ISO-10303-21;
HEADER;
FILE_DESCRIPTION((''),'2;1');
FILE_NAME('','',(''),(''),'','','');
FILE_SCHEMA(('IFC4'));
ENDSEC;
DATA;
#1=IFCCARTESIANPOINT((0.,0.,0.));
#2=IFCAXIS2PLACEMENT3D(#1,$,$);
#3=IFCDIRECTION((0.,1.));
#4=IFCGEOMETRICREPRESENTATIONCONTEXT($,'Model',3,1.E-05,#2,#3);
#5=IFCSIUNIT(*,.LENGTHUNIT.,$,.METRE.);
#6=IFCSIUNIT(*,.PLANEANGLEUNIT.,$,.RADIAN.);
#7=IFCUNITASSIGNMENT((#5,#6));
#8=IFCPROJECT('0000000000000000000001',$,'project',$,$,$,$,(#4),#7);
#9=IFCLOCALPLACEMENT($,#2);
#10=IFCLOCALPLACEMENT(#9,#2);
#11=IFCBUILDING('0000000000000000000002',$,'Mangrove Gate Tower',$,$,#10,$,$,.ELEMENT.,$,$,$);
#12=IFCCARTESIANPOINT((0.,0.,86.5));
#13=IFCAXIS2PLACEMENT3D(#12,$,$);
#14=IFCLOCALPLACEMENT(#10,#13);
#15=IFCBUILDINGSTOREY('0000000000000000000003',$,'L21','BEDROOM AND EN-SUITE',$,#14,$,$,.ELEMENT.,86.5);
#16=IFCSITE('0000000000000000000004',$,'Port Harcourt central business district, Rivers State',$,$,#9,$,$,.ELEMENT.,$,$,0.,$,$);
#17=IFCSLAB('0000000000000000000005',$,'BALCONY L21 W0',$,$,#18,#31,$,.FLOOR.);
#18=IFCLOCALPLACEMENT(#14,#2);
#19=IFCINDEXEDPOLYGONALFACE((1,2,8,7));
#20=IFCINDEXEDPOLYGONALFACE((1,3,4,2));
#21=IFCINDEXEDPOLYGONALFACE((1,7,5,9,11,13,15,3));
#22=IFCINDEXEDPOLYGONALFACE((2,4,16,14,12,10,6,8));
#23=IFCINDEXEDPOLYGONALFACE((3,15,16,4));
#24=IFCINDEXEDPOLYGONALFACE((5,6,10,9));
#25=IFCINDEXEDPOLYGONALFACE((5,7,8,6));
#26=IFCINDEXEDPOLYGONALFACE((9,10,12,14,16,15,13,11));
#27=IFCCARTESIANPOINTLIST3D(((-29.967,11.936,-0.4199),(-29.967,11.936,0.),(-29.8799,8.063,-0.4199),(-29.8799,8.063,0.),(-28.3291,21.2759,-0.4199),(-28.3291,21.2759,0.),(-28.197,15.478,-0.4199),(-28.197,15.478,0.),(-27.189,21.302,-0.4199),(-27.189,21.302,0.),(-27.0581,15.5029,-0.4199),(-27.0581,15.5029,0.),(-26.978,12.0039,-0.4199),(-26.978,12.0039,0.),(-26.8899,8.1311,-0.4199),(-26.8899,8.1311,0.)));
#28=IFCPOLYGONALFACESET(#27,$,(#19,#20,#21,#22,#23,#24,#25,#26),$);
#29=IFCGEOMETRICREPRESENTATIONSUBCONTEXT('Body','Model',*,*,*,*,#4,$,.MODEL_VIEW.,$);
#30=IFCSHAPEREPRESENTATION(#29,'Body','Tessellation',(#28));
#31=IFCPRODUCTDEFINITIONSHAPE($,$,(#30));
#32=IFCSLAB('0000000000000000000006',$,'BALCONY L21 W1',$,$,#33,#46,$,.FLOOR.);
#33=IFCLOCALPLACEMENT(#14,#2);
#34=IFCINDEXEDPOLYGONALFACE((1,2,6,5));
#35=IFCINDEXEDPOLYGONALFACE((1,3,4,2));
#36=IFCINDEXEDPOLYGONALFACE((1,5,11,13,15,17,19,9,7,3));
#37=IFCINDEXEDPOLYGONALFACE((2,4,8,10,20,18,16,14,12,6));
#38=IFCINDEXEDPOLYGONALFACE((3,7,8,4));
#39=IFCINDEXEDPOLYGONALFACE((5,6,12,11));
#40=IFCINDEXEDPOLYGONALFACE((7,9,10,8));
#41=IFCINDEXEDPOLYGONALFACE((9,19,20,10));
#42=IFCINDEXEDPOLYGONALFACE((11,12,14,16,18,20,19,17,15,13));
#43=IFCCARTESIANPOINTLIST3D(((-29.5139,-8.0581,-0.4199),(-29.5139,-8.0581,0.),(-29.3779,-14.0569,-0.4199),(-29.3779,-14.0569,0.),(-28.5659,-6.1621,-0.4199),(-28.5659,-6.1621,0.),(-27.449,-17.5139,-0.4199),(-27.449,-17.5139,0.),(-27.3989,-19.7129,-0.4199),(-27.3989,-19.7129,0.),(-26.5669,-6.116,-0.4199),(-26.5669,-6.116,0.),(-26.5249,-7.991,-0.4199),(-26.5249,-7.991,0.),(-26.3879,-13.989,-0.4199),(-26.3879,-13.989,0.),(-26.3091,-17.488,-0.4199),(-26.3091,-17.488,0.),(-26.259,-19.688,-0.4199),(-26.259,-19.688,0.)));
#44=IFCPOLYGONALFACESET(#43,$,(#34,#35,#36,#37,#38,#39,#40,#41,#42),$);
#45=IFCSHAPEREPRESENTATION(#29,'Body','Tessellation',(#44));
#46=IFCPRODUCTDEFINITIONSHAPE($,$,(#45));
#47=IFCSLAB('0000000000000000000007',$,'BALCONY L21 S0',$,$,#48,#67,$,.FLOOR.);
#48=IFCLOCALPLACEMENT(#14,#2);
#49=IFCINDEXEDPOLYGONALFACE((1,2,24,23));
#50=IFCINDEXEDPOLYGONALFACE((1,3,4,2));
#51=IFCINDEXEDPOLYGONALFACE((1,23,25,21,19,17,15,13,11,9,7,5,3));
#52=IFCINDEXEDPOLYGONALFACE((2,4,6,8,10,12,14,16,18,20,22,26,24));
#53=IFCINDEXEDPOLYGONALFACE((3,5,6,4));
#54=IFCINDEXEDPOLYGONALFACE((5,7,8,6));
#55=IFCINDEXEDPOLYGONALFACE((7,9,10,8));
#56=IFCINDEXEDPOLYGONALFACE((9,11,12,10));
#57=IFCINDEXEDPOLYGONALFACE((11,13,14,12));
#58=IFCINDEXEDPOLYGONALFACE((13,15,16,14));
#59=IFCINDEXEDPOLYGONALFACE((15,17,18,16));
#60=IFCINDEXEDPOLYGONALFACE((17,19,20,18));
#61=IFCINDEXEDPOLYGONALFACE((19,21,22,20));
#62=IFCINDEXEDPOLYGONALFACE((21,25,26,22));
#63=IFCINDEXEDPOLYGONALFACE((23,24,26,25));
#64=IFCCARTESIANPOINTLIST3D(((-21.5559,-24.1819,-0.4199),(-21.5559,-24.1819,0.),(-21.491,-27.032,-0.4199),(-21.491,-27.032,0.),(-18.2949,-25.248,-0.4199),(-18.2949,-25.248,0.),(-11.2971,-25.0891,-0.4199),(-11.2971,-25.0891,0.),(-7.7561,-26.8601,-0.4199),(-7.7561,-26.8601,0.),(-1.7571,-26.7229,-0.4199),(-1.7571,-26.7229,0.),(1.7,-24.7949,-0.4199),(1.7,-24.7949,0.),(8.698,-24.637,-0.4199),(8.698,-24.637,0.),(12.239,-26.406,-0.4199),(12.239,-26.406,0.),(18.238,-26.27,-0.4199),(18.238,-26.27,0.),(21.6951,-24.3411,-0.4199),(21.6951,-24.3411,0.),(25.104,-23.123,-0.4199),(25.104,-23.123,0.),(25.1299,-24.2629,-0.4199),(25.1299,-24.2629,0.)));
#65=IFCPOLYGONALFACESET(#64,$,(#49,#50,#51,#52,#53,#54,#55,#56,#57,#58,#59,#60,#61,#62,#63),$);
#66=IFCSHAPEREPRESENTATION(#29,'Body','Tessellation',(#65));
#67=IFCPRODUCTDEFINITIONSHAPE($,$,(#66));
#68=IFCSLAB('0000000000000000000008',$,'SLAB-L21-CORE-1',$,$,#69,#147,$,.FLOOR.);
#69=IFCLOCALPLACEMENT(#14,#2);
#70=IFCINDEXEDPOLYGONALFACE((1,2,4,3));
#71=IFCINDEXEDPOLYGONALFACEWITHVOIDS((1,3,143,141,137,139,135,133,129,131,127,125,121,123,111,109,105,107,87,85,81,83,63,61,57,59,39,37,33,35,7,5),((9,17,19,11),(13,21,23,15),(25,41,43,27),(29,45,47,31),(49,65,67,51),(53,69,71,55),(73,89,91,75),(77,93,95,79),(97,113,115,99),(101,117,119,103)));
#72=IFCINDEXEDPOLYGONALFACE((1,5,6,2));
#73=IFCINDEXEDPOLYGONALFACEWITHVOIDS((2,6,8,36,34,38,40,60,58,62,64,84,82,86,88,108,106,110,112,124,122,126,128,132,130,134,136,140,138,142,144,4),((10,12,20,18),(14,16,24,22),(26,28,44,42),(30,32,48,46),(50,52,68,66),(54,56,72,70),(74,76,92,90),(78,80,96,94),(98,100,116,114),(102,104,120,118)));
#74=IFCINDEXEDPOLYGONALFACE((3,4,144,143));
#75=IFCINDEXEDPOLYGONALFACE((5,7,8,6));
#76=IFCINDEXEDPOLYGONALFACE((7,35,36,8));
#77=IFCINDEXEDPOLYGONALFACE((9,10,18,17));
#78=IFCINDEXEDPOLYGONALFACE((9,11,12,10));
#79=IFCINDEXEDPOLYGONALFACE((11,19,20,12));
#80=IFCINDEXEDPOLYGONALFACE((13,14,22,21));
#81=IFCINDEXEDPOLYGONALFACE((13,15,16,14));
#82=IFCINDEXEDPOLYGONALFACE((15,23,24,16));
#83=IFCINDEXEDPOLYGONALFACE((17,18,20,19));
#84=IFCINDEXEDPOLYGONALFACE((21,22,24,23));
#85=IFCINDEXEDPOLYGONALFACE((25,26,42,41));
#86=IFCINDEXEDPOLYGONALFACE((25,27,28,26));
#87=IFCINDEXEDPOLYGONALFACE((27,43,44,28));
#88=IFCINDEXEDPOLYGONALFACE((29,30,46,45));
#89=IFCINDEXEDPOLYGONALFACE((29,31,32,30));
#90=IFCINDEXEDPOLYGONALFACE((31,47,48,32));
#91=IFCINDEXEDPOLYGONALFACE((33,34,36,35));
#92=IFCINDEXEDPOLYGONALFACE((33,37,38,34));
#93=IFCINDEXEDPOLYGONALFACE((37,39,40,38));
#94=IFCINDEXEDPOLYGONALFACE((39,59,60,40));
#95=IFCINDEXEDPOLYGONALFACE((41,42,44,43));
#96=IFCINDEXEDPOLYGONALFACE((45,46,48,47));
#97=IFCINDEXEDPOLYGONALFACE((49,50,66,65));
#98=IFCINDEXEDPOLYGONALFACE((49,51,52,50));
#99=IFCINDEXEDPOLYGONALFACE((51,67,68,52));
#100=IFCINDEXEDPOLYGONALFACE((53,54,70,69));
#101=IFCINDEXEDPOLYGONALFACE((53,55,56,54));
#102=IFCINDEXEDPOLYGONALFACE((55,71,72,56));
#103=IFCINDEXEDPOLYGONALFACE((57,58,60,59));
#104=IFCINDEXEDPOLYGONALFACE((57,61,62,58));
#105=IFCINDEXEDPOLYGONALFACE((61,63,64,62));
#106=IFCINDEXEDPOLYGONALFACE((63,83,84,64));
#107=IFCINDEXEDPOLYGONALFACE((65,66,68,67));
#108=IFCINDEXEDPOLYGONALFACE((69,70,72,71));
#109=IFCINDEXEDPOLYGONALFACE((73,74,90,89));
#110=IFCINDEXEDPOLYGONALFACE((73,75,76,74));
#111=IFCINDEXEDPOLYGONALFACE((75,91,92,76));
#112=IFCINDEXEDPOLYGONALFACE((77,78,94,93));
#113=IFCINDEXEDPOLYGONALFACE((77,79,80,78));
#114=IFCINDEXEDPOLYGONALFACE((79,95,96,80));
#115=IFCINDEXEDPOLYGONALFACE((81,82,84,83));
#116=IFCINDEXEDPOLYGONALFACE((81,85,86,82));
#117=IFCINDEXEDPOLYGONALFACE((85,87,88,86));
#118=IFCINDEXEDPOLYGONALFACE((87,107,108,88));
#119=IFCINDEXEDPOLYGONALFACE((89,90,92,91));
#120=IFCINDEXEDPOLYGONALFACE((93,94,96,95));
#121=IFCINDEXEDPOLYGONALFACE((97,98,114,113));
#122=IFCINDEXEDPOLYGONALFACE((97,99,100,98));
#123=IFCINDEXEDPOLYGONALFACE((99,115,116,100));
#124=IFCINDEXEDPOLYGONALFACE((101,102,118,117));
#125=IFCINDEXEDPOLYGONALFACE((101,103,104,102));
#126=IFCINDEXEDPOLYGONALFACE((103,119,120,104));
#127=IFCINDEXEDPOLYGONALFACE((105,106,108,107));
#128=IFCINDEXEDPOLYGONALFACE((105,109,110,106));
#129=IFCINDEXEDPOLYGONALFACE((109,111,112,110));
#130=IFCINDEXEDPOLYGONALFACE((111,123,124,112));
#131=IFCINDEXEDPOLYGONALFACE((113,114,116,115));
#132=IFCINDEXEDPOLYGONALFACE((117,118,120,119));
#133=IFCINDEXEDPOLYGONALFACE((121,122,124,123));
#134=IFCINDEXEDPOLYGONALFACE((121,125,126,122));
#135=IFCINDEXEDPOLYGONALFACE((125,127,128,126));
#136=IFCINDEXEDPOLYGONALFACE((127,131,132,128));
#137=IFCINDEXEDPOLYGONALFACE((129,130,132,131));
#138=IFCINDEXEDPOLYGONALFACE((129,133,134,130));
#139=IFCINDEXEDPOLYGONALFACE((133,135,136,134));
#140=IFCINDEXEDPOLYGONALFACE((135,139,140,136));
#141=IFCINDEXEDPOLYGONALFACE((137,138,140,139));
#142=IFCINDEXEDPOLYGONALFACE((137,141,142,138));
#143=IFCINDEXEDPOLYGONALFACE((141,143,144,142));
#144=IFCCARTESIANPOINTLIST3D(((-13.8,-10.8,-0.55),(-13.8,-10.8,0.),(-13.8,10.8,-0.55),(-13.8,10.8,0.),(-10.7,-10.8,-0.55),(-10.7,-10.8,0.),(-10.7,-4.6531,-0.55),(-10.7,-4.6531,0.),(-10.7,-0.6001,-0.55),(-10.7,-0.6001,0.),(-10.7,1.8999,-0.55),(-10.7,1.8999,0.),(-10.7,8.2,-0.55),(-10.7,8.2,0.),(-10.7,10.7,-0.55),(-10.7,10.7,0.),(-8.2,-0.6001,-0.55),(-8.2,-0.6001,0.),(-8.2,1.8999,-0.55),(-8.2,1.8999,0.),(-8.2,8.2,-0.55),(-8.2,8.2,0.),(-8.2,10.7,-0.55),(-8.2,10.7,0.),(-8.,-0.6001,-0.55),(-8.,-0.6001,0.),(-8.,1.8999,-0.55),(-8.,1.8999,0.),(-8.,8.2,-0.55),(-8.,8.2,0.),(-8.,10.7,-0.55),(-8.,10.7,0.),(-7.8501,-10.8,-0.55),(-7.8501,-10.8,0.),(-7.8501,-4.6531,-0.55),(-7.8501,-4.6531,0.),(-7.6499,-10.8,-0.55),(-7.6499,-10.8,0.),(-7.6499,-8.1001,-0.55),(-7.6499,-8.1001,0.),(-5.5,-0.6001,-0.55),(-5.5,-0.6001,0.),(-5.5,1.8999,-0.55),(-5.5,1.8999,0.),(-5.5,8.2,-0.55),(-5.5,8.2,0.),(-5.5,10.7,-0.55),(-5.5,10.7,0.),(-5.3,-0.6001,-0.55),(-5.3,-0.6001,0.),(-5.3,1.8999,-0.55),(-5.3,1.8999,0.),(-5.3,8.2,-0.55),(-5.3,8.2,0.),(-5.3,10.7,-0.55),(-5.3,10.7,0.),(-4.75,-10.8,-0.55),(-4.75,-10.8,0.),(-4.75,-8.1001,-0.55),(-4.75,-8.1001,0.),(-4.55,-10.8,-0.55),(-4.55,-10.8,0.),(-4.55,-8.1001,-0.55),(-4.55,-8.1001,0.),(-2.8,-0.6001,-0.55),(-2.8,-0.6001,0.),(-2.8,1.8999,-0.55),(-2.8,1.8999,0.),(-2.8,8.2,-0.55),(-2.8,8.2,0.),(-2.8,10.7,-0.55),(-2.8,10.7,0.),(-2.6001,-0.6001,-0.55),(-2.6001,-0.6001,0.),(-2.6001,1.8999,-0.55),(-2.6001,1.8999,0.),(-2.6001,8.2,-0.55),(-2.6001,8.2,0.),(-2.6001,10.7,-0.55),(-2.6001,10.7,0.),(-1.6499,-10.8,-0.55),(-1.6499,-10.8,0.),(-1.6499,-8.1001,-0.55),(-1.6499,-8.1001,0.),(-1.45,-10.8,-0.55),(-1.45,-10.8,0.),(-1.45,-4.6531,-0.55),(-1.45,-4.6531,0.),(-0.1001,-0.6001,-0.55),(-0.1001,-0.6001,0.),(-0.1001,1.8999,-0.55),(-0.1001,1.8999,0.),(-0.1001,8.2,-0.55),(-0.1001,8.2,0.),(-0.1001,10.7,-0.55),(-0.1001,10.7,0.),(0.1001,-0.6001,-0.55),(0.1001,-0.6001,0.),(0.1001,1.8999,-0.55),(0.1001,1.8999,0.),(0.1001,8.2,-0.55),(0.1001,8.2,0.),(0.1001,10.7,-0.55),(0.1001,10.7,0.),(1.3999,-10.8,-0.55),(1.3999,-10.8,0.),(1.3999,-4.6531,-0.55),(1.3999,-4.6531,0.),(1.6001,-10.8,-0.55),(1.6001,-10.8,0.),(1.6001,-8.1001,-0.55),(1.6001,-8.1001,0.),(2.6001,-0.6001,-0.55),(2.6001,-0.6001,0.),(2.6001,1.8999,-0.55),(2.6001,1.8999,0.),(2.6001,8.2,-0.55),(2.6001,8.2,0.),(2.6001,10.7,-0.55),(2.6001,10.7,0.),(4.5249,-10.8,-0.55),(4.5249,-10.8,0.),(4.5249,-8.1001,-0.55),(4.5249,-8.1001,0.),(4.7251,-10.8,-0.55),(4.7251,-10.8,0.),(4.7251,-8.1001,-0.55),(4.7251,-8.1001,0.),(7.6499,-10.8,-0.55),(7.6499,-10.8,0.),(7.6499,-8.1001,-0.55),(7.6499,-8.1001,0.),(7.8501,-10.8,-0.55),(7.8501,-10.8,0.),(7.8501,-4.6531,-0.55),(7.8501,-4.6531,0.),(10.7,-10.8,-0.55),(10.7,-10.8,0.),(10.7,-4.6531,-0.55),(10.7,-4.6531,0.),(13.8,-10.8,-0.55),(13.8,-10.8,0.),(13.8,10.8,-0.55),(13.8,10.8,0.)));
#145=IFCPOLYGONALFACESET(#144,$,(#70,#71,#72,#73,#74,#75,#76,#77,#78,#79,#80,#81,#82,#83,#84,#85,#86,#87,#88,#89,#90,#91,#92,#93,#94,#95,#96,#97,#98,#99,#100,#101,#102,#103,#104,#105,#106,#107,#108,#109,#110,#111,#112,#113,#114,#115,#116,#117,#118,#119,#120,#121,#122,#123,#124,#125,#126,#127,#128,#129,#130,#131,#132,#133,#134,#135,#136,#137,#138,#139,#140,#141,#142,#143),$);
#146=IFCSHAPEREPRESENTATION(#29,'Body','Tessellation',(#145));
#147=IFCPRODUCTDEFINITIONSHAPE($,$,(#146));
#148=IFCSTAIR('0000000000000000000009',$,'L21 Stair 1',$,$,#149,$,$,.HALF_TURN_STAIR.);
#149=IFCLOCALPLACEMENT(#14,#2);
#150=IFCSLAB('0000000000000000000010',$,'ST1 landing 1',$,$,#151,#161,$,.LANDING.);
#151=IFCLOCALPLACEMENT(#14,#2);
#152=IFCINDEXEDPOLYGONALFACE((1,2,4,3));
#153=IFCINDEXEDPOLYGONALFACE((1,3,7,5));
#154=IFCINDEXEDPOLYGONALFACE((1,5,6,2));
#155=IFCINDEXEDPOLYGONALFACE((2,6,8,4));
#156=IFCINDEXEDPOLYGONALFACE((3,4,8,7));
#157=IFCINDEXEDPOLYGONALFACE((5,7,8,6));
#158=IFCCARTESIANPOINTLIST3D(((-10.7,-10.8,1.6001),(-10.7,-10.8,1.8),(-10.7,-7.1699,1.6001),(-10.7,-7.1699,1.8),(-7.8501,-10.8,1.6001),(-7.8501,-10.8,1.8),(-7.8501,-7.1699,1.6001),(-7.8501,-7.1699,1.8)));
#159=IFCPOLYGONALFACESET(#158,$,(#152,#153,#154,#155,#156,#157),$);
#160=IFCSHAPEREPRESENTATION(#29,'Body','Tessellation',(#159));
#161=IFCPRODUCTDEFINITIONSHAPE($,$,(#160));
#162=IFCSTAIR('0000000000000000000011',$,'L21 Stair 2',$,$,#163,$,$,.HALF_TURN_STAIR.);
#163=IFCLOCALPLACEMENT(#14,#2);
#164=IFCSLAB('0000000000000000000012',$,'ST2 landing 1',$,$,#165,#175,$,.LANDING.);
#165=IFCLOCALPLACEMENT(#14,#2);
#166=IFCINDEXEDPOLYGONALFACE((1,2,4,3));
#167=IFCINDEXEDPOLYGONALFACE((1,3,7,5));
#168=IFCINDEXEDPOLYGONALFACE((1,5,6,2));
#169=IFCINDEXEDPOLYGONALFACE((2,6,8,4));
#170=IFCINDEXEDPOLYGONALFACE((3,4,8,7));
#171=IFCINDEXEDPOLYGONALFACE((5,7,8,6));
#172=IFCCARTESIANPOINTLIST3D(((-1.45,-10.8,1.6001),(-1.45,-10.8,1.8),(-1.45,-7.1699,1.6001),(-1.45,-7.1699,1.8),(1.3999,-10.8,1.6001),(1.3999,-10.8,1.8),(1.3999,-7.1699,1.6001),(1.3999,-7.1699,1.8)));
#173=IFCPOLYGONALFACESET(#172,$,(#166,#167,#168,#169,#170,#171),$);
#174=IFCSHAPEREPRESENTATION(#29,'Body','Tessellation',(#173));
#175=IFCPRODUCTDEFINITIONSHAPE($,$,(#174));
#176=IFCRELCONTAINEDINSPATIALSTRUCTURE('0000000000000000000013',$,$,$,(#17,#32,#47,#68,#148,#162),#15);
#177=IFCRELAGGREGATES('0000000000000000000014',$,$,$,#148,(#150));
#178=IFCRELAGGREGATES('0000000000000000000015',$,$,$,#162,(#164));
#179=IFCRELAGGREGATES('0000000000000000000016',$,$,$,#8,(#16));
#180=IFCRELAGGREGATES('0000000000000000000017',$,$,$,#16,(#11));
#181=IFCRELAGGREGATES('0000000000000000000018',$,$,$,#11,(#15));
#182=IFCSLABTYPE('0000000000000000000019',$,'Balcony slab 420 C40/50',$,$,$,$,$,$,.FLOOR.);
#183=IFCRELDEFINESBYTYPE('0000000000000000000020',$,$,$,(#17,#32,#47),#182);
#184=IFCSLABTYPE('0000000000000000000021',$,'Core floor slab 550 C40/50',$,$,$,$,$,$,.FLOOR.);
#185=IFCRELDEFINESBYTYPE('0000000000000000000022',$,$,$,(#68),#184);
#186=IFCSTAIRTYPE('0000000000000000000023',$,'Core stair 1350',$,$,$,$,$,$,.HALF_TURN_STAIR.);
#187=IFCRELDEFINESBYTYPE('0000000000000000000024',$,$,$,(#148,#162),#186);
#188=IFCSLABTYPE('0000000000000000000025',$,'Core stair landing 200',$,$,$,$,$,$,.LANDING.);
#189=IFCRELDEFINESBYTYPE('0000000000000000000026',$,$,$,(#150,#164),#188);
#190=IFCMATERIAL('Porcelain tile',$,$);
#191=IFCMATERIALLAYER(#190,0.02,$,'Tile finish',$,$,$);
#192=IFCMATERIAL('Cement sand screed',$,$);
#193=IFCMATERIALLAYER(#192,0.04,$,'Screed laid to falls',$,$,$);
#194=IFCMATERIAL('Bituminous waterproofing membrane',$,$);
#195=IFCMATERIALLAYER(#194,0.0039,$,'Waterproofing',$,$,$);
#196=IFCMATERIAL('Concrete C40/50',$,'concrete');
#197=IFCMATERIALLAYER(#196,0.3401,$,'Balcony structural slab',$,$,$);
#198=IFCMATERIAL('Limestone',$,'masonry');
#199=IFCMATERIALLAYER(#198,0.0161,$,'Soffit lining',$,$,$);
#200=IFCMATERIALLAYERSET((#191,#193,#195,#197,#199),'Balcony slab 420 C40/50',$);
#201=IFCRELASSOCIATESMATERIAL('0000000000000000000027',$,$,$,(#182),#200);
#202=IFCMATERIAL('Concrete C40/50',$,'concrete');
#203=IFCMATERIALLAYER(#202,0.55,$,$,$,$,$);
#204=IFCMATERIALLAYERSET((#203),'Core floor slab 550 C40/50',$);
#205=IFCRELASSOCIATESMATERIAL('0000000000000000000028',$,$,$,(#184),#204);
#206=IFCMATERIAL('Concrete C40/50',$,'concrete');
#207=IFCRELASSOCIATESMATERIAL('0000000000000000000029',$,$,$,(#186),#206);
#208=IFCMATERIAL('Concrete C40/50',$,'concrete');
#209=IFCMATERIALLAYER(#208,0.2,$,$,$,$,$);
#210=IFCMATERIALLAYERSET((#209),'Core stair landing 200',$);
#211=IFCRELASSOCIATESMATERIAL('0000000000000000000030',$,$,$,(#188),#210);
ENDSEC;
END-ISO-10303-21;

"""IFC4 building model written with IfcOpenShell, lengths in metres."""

from ifc_helpers import new_model, si_unit, direction, frame, origin, place, context, subcontext, project, spatial, polyline, outline, extrude, material, layer, layer_set, type_object, element, aggregate, save


model = new_model("IFC4")

# Units and contexts
model_context = context("Model", 3, precision=1e-05, world=origin(), true_north=direction((0.0, 1.0)))
body_context = subcontext(model_context, "Body", "Model", "MODEL_VIEW")
ifc_project = project(units=[si_unit("LENGTHUNIT", "METRE"), si_unit("PLANEANGLEUNIT", "RADIAN")], contexts=[model_context])

# Site, building, storey
site_placement = place(None, origin())
site = spatial("IfcSite", under=ifc_project, at=site_placement, Name="Port Harcourt central business district, Rivers State", CompositionType="ELEMENT", RefElevation=0.0)
building_placement = place(site_placement, origin())
building = spatial("IfcBuilding", under=site, at=building_placement, Name="Mangrove Gate Tower", CompositionType="ELEMENT")
storey_placement = place(building_placement, frame((0.0, 0.0, 86.5)))
storey = spatial("IfcBuildingStorey", under=building, at=storey_placement, Name="L21", Description="BEDROOM AND EN-SUITE", CompositionType="ELEMENT", Elevation=86.5)

# Slabs
ifc_material_1 = material(Name="Porcelain tile")
ifc_layer_1 = layer(ifc_material_1, 0.02, Name="Tile finish")
ifc_material_2 = material(Name="Cement sand screed")
ifc_layer_2 = layer(ifc_material_2, 0.04, Name="Screed laid to falls")
ifc_material_3 = material(Name="Bituminous waterproofing membrane")
ifc_layer_3 = layer(ifc_material_3, 0.0039, Name="Waterproofing")
ifc_material_4 = material(Name="Concrete C40/50", Category="concrete")
ifc_layer_4 = layer(ifc_material_4, 0.3401, Name="Balcony structural slab")
ifc_material_5 = material(Name="Limestone", Category="masonry")
ifc_layer_5 = layer(ifc_material_5, 0.0161, Name="Soffit lining")
ifc_layer_set_1 = layer_set([ifc_layer_1, ifc_layer_2, ifc_layer_3, ifc_layer_4, ifc_layer_5], Name="Balcony slab 420 C40/50")
slab_type_1 = type_object("IfcSlabType", Name="Balcony slab 420 C40/50", PredefinedType="FLOOR", material=ifc_layer_set_1)
slab_1_placement = place(storey_placement, frame((0.0, 0.0, -0.4199)))
element("IfcSlab", 1, at=slab_1_placement, inside=storey, type_object=slab_type_1, Name="BALCONY L21 W0", PredefinedType="FLOOR", context=body_context, shape_type="SweptSolid", body=[
    extrude(outline(polyline([(-28.3291, 21.2759), (-28.197, 15.478), (-29.967, 11.936), (-29.8799, 8.063), (-26.8899, 8.1311), (-26.978, 12.0039), (-27.0581, 15.5029), (-27.189, 21.302), (-28.3291, 21.2759)])), origin(), (0.0, 0.0, 1.0), 0.4199),
])
slab_2_placement = place(storey_placement, frame((0.0, 0.0, -0.4199)))
element("IfcSlab", 2, at=slab_2_placement, inside=storey, type_object=slab_type_1, Name="BALCONY L21 W1", PredefinedType="FLOOR", context=body_context, shape_type="SweptSolid", body=[
    extrude(outline(polyline([(-28.5659, -6.1621), (-29.5139, -8.0581), (-29.3779, -14.0569), (-27.449, -17.5139), (-27.3989, -19.7129), (-26.259, -19.688), (-26.3091, -17.488), (-26.3879, -13.989), (-26.5249, -7.991), (-26.5669, -6.116), (-28.5659, -6.1621)])), origin(), (0.0, 0.0, 1.0), 0.4199),
])
slab_3_placement = place(storey_placement, frame((0.0, 0.0, -0.4199)))
element("IfcSlab", 3, at=slab_3_placement, inside=storey, type_object=slab_type_1, Name="BALCONY L21 S0", PredefinedType="FLOOR", context=body_context, shape_type="SweptSolid", body=[
    extrude(outline(polyline([(-21.491, -27.032), (-18.2949, -25.248), (-11.2971, -25.0891), (-7.7561, -26.8601), (-1.7571, -26.7229), (1.7, -24.7949), (8.698, -24.637), (12.239, -26.406), (18.238, -26.27), (21.6951, -24.3411), (25.1299, -24.2629), (25.104, -23.123), (-21.5559, -24.1819), (-21.491, -27.032)])), origin(), (0.0, 0.0, 1.0), 0.4199),
])
ifc_material_6 = material(Name="Concrete C40/50", Category="concrete")
ifc_layer_6 = layer(ifc_material_6, 0.55)
ifc_layer_set_2 = layer_set([ifc_layer_6], Name="Core floor slab 550 C40/50")
slab_type_2 = type_object("IfcSlabType", Name="Core floor slab 550 C40/50", PredefinedType="FLOOR", material=ifc_layer_set_2)
slab_4_placement = place(storey_placement, frame((0.0, 0.0, -0.55)))
element("IfcSlab", 4, at=slab_4_placement, inside=storey, type_object=slab_type_2, Name="SLAB-L21-CORE-1", PredefinedType="FLOOR", context=body_context, shape_type="SweptSolid", body=[
    extrude(outline(polyline([(-13.8, -10.8), (-13.8, 10.8), (13.8, 10.8), (13.8, -10.8), (10.7, -10.8), (10.7, -4.6531), (7.8501, -4.6531), (7.8501, -10.8), (7.6499, -10.8), (7.6499, -8.1001), (4.7251, -8.1001), (4.7251, -10.8), (4.5249, -10.8), (4.5249, -8.1001), (1.6001, -8.1001), (1.6001, -10.8), (1.3999, -10.8), (1.3999, -4.6531), (-1.45, -4.6531), (-1.45, -10.8), (-1.6499, -10.8), (-1.6499, -8.1001), (-4.55, -8.1001), (-4.55, -10.8), (-4.75, -10.8), (-4.75, -8.1001), (-7.6499, -8.1001), (-7.6499, -10.8), (-7.8501, -10.8), (-7.8501, -4.6531), (-10.7, -4.6531), (-10.7, -10.8), (-13.8, -10.8)]), holes=[polyline([(-8.2, -0.6001), (-8.2, 1.8999), (-10.7, 1.8999), (-10.7, -0.6001), (-8.2, -0.6001)]), polyline([(-5.5, -0.6001), (-5.5, 1.8999), (-8.0, 1.8999), (-8.0, -0.6001), (-5.5, -0.6001)]), polyline([(-2.8, -0.6001), (-2.8, 1.8999), (-5.3, 1.8999), (-5.3, -0.6001), (-2.8, -0.6001)]), polyline([(-8.2, 8.2), (-8.2, 10.7), (-10.7, 10.7), (-10.7, 8.2), (-8.2, 8.2)]), polyline([(-5.5, 8.2), (-5.5, 10.7), (-8.0, 10.7), (-8.0, 8.2), (-5.5, 8.2)]), polyline([(-2.8, 8.2), (-2.8, 10.7), (-5.3, 10.7), (-5.3, 8.2), (-2.8, 8.2)]), polyline([(-0.1001, -0.6001), (-0.1001, 1.8999), (-2.6001, 1.8999), (-2.6001, -0.6001), (-0.1001, -0.6001)]), polyline([(2.6001, -0.6001), (2.6001, 1.8999), (0.1001, 1.8999), (0.1001, -0.6001), (2.6001, -0.6001)]), polyline([(-2.6001, 8.2), (-0.1001, 8.2), (-0.1001, 10.7), (-2.6001, 10.7), (-2.6001, 8.2)]), polyline([(0.1001, 8.2), (2.6001, 8.2), (2.6001, 10.7), (0.1001, 10.7), (0.1001, 8.2)])]), origin(), (0.0, 0.0, 1.0), 0.55),
])

# Stairs, slabs
ifc_material_7 = material(Name="Concrete C40/50", Category="concrete")
stair_type = type_object("IfcStairType", Name="Core stair 1350", PredefinedType="HALF_TURN_STAIR", material=ifc_material_7)
stair_1_placement = place(storey_placement, origin())
stair_1 = element("IfcStair", 5, at=stair_1_placement, inside=storey, type_object=stair_type, Name="L21 Stair 1", PredefinedType="HALF_TURN_STAIR")
ifc_material_8 = material(Name="Concrete C40/50", Category="concrete")
ifc_layer_7 = layer(ifc_material_8, 0.2)
ifc_layer_set_3 = layer_set([ifc_layer_7], Name="Core stair landing 200")
slab_type_3 = type_object("IfcSlabType", Name="Core stair landing 200", PredefinedType="LANDING", material=ifc_layer_set_3)
slab_5_placement = place(storey_placement, frame((0.0, 0.0, 1.6001)))
slab_5 = element("IfcSlab", 6, at=slab_5_placement, type_object=slab_type_3, Name="ST1 landing 1", PredefinedType="LANDING", context=body_context, shape_type="SweptSolid", body=[
    extrude(outline(polyline([(-10.7, -7.1699), (-10.7, -10.8), (-7.8501, -10.8), (-7.8501, -7.1699), (-10.7, -7.1699)])), origin(), (0.0, 0.0, 1.0), 0.2),
])
aggregate(stair_1, [slab_5])
stair_2_placement = place(storey_placement, origin())
stair_2 = element("IfcStair", 7, at=stair_2_placement, inside=storey, type_object=stair_type, Name="L21 Stair 2", PredefinedType="HALF_TURN_STAIR")
slab_6_placement = place(storey_placement, frame((0.0, 0.0, 1.6001)))
slab_6 = element("IfcSlab", 8, at=slab_6_placement, type_object=slab_type_3, Name="ST2 landing 1", PredefinedType="LANDING", context=body_context, shape_type="SweptSolid", body=[
    extrude(outline(polyline([(-1.45, -7.1699), (-1.45, -10.8), (1.3999, -10.8), (1.3999, -7.1699), (-1.45, -7.1699)])), origin(), (0.0, 0.0, 1.0), 0.2),
])
aggregate(stair_2, [slab_6])

save(model, "model.ifc")
